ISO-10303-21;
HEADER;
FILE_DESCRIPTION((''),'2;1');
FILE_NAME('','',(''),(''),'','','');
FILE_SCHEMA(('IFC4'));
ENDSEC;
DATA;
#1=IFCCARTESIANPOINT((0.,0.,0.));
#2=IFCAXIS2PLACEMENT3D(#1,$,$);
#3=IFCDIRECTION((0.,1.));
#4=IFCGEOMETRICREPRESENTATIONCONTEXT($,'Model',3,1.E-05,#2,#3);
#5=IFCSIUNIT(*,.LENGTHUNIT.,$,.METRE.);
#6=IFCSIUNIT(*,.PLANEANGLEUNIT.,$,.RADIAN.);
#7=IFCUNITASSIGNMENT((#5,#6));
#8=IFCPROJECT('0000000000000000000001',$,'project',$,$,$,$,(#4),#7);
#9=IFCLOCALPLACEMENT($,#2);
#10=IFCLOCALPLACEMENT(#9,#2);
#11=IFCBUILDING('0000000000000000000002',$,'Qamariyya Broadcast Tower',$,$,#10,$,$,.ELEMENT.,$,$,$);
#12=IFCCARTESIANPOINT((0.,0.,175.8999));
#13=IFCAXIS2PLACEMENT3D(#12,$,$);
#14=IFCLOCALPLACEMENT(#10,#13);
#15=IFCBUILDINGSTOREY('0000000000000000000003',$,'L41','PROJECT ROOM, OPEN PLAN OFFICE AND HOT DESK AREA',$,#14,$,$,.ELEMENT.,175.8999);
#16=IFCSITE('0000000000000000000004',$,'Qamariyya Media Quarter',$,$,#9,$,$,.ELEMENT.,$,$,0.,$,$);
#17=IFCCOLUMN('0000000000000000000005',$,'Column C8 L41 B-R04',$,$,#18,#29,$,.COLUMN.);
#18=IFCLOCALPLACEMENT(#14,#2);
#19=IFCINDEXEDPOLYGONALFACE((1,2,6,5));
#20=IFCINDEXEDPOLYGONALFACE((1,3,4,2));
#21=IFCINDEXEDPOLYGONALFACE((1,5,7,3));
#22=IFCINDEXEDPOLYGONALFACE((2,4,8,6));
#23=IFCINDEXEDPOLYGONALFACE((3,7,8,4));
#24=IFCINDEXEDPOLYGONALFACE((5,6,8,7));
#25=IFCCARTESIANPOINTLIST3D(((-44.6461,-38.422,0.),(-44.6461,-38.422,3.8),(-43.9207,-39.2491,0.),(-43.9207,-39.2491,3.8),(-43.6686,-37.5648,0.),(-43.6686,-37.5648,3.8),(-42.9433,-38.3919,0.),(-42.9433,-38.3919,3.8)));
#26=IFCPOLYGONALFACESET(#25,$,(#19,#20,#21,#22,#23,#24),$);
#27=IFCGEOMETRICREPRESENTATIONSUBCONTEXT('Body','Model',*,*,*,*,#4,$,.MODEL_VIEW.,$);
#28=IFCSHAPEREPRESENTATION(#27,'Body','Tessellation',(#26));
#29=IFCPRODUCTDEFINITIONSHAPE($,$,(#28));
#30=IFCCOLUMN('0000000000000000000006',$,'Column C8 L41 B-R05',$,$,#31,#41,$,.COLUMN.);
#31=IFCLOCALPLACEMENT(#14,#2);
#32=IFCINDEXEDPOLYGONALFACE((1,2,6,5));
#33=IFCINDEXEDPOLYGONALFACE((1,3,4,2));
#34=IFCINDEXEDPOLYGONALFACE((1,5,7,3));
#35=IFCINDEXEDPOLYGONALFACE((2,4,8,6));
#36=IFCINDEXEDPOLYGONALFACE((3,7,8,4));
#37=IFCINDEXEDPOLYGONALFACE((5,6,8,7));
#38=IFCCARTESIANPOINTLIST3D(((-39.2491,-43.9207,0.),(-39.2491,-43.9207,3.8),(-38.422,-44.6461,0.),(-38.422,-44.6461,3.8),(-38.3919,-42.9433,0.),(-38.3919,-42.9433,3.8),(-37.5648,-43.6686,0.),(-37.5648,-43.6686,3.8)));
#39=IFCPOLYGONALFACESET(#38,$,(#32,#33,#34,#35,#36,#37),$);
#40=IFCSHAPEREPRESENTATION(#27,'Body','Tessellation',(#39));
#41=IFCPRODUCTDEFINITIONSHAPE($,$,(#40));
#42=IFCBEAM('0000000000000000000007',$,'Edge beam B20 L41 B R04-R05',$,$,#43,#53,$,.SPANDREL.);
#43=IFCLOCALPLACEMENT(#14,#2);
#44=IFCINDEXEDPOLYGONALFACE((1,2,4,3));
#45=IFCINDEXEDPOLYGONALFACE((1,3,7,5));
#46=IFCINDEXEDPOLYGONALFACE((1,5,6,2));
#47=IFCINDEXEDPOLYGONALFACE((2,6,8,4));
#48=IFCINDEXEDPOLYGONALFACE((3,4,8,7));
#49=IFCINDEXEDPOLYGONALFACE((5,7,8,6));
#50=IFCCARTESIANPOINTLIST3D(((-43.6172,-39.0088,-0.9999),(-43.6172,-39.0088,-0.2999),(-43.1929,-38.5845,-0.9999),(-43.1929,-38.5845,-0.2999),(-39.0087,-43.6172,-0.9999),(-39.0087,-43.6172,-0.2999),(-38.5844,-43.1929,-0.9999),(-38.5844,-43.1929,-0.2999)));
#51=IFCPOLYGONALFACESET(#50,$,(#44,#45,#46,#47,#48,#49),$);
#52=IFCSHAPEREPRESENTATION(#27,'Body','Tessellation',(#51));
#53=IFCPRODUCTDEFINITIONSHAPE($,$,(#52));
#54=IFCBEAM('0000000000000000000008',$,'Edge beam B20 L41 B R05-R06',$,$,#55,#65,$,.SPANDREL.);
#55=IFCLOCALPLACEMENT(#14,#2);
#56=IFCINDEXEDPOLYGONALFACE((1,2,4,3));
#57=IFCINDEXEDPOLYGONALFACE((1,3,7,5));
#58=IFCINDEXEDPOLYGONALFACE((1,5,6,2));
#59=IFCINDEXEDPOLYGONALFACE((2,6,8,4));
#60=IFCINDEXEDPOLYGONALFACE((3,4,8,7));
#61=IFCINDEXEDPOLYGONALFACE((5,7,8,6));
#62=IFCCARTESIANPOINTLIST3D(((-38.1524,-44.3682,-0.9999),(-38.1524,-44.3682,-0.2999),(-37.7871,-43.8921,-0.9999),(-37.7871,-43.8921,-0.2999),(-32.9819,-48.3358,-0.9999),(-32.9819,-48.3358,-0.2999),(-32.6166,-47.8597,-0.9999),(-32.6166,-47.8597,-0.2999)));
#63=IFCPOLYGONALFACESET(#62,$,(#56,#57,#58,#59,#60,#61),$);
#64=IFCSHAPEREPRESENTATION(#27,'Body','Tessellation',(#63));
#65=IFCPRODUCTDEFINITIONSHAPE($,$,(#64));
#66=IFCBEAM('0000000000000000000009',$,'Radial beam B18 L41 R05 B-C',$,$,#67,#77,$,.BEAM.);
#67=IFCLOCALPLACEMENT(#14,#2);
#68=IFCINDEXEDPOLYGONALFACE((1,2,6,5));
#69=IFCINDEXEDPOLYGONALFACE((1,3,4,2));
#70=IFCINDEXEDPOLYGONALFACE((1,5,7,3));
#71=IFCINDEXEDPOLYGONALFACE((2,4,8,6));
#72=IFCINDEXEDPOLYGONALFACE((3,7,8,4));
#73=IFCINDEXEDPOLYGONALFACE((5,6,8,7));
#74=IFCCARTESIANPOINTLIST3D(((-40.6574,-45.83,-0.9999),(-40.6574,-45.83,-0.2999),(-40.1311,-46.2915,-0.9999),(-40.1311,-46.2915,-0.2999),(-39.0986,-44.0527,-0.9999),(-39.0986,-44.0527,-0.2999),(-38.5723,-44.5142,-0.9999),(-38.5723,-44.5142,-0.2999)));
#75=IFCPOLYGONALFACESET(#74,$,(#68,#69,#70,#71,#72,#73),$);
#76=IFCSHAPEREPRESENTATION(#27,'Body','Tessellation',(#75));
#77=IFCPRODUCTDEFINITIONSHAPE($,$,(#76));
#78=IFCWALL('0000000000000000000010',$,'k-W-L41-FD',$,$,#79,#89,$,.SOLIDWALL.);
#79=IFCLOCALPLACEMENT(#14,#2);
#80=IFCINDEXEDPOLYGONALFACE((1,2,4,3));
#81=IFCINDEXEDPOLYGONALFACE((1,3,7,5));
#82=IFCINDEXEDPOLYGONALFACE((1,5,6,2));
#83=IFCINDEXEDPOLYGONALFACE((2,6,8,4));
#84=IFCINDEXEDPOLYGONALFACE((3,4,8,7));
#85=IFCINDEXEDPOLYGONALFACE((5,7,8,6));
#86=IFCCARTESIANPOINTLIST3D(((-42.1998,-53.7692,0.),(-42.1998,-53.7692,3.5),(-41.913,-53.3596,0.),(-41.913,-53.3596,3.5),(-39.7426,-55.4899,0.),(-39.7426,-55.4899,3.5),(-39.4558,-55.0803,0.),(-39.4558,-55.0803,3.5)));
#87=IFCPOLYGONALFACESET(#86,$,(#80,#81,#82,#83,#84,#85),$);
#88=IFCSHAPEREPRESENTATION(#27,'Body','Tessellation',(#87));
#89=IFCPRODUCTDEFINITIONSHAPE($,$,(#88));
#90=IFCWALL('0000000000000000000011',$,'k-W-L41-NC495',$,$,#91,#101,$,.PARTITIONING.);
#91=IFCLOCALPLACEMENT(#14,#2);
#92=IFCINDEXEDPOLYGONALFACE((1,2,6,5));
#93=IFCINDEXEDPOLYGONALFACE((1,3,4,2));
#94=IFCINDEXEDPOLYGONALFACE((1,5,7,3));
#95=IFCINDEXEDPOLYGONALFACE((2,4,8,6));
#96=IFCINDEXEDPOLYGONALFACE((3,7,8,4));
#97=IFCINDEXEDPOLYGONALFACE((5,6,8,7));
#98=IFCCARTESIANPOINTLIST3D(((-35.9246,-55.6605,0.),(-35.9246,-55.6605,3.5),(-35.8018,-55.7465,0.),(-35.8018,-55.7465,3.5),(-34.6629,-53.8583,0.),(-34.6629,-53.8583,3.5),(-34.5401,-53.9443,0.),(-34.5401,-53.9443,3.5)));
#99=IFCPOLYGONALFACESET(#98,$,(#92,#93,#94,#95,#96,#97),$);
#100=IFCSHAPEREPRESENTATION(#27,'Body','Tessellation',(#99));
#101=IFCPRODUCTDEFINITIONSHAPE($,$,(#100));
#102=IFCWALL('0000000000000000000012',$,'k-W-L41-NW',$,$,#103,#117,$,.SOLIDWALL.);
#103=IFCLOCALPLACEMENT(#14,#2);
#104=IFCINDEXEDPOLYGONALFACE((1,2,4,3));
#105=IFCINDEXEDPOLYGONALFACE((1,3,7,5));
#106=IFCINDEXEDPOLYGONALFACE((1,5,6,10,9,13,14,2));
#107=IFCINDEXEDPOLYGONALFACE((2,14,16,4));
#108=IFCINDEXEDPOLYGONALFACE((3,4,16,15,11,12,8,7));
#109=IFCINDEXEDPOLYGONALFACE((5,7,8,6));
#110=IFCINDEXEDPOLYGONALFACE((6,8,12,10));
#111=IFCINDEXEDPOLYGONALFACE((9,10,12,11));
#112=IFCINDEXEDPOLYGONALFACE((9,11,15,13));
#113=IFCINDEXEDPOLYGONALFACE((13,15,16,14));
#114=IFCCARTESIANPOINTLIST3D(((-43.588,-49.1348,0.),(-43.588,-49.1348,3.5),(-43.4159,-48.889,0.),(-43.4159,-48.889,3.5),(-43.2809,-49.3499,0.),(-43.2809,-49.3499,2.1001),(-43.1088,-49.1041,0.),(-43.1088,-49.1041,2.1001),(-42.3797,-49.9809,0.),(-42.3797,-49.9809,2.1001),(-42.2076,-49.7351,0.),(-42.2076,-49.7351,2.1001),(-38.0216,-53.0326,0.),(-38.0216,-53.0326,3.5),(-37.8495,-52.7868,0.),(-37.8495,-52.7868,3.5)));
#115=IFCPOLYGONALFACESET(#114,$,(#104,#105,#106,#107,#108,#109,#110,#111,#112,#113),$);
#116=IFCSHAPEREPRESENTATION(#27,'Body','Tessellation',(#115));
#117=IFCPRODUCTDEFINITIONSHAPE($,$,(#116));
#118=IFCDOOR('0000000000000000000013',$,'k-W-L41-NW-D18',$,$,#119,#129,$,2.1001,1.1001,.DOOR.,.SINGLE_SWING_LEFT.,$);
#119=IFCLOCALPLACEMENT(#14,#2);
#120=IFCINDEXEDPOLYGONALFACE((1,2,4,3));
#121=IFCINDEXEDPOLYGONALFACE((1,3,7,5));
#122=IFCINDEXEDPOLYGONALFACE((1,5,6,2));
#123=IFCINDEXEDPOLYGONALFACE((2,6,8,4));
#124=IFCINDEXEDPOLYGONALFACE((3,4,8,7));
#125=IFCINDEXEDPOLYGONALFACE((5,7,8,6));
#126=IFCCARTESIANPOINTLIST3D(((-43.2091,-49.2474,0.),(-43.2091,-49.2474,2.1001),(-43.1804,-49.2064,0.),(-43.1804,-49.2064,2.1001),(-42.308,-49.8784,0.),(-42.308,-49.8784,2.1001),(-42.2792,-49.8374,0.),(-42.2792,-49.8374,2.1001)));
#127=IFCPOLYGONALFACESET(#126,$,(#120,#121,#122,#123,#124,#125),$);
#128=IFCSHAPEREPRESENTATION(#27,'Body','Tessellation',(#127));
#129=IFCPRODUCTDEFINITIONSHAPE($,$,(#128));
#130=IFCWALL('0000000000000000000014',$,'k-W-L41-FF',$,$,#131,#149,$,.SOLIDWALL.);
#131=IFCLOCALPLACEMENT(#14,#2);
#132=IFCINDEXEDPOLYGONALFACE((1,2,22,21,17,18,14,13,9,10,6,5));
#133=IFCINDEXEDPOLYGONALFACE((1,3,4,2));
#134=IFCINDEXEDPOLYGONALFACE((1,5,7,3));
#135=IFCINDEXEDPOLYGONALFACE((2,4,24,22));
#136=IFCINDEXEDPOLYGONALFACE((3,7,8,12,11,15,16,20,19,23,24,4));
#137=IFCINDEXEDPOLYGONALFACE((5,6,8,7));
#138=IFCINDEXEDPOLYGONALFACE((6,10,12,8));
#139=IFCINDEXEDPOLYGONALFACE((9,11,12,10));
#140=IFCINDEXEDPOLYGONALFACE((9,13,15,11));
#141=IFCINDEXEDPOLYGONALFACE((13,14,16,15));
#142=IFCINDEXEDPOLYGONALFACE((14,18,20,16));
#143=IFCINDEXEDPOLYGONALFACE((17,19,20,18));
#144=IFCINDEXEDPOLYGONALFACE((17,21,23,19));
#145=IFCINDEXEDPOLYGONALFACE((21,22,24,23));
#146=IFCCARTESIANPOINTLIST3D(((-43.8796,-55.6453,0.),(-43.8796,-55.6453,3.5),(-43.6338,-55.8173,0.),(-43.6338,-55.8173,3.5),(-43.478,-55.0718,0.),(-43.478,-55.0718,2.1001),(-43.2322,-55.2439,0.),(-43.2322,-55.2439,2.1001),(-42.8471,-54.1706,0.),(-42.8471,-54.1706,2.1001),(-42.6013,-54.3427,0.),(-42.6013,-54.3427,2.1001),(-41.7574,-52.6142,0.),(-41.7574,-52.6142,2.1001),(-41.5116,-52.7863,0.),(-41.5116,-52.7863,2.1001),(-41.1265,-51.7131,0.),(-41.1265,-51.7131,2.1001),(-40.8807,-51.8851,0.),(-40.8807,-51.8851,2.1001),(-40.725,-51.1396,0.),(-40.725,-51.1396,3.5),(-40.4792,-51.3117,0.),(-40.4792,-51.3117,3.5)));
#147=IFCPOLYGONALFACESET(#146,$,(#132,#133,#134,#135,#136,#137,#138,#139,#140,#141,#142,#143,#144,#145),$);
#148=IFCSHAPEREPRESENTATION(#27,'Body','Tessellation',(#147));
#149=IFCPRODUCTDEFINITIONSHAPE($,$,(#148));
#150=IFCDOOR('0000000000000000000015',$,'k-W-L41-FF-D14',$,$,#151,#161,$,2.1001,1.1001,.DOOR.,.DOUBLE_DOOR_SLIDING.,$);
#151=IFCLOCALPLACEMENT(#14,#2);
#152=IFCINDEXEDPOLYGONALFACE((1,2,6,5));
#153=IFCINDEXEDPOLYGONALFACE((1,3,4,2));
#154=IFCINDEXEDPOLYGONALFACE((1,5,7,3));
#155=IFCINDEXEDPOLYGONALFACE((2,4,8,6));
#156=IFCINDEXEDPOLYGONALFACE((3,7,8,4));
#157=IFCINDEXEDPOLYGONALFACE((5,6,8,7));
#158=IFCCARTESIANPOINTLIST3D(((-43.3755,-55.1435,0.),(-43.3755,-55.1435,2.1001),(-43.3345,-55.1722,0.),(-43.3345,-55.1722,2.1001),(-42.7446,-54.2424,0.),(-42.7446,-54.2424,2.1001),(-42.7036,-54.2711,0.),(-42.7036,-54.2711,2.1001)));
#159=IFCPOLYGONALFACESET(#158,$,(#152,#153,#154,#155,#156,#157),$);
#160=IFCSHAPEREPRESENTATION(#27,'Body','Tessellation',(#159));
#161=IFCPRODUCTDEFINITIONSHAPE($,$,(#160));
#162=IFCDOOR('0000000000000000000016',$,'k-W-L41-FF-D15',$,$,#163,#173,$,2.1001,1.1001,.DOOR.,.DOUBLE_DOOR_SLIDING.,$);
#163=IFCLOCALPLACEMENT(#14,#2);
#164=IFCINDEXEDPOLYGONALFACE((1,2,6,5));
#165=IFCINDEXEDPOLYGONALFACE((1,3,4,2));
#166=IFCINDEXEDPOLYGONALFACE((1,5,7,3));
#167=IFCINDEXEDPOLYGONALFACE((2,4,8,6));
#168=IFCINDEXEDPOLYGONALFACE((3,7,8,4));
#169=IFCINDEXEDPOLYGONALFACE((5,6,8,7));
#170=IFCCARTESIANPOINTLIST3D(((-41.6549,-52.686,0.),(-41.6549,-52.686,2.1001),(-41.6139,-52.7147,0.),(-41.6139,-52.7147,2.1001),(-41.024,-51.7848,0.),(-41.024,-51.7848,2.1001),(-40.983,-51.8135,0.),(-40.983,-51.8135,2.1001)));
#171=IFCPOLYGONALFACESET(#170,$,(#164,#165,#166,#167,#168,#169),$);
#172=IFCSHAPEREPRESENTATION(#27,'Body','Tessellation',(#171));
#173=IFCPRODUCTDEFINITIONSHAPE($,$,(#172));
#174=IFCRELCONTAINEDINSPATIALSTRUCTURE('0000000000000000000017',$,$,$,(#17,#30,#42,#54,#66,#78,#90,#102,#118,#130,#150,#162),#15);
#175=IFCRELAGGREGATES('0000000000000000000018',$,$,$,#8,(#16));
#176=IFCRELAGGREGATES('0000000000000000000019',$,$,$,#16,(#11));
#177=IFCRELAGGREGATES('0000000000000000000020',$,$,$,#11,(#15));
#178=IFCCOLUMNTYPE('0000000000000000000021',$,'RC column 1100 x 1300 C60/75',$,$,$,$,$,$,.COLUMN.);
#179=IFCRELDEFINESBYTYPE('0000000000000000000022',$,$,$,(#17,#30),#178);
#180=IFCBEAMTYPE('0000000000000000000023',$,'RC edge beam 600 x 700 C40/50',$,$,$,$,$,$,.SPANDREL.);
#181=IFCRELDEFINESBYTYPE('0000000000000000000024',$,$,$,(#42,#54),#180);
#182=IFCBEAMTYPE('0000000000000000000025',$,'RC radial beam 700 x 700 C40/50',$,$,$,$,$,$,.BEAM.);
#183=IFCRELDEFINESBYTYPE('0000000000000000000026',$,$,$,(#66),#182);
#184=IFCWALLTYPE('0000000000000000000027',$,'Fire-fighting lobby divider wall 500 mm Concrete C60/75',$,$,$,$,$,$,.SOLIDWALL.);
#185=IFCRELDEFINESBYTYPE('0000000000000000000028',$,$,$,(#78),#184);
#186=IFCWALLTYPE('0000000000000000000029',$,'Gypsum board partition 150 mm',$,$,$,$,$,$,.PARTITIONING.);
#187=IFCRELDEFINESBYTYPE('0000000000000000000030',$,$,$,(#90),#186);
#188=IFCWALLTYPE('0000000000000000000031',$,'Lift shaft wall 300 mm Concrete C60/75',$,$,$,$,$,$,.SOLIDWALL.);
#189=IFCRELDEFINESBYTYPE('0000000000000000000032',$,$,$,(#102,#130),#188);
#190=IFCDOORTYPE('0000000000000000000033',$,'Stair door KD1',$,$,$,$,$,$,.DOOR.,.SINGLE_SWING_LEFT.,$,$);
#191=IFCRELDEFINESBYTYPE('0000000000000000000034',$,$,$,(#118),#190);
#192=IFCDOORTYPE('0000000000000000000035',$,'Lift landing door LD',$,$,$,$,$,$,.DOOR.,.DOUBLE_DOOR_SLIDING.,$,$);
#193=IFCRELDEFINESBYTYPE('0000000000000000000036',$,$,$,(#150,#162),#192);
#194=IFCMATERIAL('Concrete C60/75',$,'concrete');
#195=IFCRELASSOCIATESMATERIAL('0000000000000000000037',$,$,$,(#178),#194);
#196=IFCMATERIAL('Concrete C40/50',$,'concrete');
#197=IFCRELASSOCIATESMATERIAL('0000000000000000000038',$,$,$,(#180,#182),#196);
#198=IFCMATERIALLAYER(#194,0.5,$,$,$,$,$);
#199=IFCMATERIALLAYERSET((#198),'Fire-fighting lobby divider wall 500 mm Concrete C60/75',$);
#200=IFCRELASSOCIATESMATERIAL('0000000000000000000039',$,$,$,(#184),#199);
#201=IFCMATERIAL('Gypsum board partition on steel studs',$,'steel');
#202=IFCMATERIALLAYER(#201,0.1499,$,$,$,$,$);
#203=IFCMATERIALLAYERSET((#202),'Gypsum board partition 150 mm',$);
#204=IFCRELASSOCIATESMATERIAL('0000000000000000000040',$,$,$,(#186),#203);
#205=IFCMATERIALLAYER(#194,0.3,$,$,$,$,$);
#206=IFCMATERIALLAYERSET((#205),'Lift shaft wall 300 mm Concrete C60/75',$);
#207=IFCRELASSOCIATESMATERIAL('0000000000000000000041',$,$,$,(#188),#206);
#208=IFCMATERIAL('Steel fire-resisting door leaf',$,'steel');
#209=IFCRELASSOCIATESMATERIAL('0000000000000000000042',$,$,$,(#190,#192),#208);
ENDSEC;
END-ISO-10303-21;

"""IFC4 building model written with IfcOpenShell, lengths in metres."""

from ifc_helpers import new_model, si_unit, direction, frame, frame_2d, origin, origin_2d, place, context, subcontext, project, spatial, rectangle, extrude, material, layer, layer_set, material_profile, profile_set, type_object, element, fill, save


model = new_model("IFC4")

# Units and contexts
model_context = context("Model", 3, precision=1e-05, world=origin(), true_north=direction((0.0, 1.0)))
body_context = subcontext(model_context, "Body", "Model", "MODEL_VIEW")
ifc_project = project(units=[si_unit("LENGTHUNIT", "METRE"), si_unit("PLANEANGLEUNIT", "RADIAN")], contexts=[model_context])

# Site, building, storey
site_placement = place(None, origin())
site = spatial("IfcSite", under=ifc_project, at=site_placement, Name="Qamariyya Media Quarter", CompositionType="ELEMENT", RefElevation=0.0)
building_placement = place(site_placement, origin())
building = spatial("IfcBuilding", under=site, at=building_placement, Name="Qamariyya Broadcast Tower", CompositionType="ELEMENT")
storey_placement = place(building_placement, frame((0.0, 0.0, 175.8999)))
storey = spatial("IfcBuildingStorey", under=building, at=storey_placement, Name="L41", Description="PROJECT ROOM, OPEN PLAN OFFICE AND HOT DESK AREA", CompositionType="ELEMENT", Elevation=175.8999)

# Columns
ifc_material_1 = material(Name="Concrete C60/75", Category="concrete")
ifc_material_profile_1 = material_profile(ifc_material_1, rectangle(XDim=1.1001, YDim=1.3, at=origin_2d()))
ifc_profile_set_1 = profile_set([ifc_material_profile_1], Name="Concrete C60/75")
column_type = type_object("IfcColumnType", Name="RC column 1100 x 1300 C60/75", PredefinedType="COLUMN", material=ifc_profile_set_1)
for number, where, z_axis, x_axis, name in (
    (1, (-43.7947, -38.407, 0.0), (0.0, 0.0, 1.0), (0.659346, -0.75184, 0.0), "Column C8 L41 B-R04"),
    (2, (-38.407, -43.7947, 0.0), (0.0, 0.0, 1.0), (0.75184, -0.659346, 0.0), "Column C8 L41 B-R05"),
):
    element("IfcColumn", number, at=place(storey_placement, frame(where, z_axis=z_axis, x_axis=x_axis)), inside=storey, type_object=column_type, Name=name, PredefinedType="COLUMN", context=body_context, shape_type="SweptSolid", body=[
        extrude(rectangle(XDim=1.1001, YDim=1.3, at=origin_2d()), origin(), (0.0, 0.0, 1.0), 3.8),
    ])

# Beams
ifc_material_2 = material(Name="Concrete C40/50", Category="concrete")
ifc_material_profile_2 = material_profile(ifc_material_2, rectangle(XDim=0.6001, YDim=0.7, at=origin_2d()))
ifc_profile_set_2 = profile_set([ifc_material_profile_2], Name="Concrete C40/50")
beam_type_1 = type_object("IfcBeamType", Name="RC edge beam 600 x 700 C40/50", PredefinedType="SPANDREL", material=ifc_profile_set_2)
for number, where, z_axis, x_axis, name in (
    (3, (-43.405, -38.7966, -0.6499), (0.707107, -0.707107, 0.0), (0.707107, 0.707107, 0.0), "Edge beam B20 L41 B R04-R05"),
    (4, (-37.9697, -44.1301, -0.6499), (0.793343, -0.608774, 0.0), (0.608774, 0.793343, 0.0), "Edge beam B20 L41 B R05-R06"),
):
    element("IfcBeam", number, at=place(storey_placement, frame(where, z_axis=z_axis, x_axis=x_axis)), inside=storey, type_object=beam_type_1, Name=name, PredefinedType="SPANDREL", context=body_context, shape_type="SweptSolid", body=[
        extrude(rectangle(XDim=0.6001, YDim=0.7, at=origin_2d()), origin(), (0.0, 0.0, 1.0), 6.5173),
    ])
ifc_material_profile_3 = material_profile(ifc_material_2, rectangle(XDim=0.7, YDim=0.7, at=origin_2d()))
ifc_profile_set_3 = profile_set([ifc_material_profile_3], Name="Concrete C40/50")
beam_type_2 = type_object("IfcBeamType", Name="RC radial beam 700 x 700 C40/50", PredefinedType="BEAM", material=ifc_profile_set_3)
beam_placement = place(storey_placement, frame((-38.8354, -44.2834, -0.6499), z_axis=(-0.659382, -0.751809, 0.0), x_axis=(0.751809, -0.659382, 0.0)))
element("IfcBeam", 5, at=beam_placement, inside=storey, type_object=beam_type_2, Name="Radial beam B18 L41 R05 B-C", PredefinedType="BEAM", context=body_context, shape_type="SweptSolid", body=[
    extrude(rectangle(XDim=0.7, YDim=0.7, at=origin_2d()), origin(), (0.0, 0.0, 1.0), 2.364),
])

# Walls
ifc_layer_1 = layer(ifc_material_1, 0.5)
ifc_layer_set_1 = layer_set([ifc_layer_1], Name="Fire-fighting lobby divider wall 500 mm Concrete C60/75")
wall_type_1 = type_object("IfcWallType", Name="Fire-fighting lobby divider wall 500 mm Concrete C60/75", PredefinedType="SOLIDWALL", material=ifc_layer_set_1)
wall_1_placement = place(storey_placement, frame((-39.5991, -55.2852, 0.0), z_axis=(0.0, 0.0, 1.0), x_axis=(-0.819136, 0.573599, 0.0)))
element("IfcWall", 6, at=wall_1_placement, inside=storey, type_object=wall_type_1, Name="k-W-L41-FD", PredefinedType="SOLIDWALL", context=body_context, shape_type="SweptSolid", body=[
    extrude(rectangle(XDim=2.9998, YDim=0.5, at=frame_2d((1.5, 0.0))), origin(), (0.0, 0.0, 1.0), 3.5),
])
ifc_material_3 = material(Name="Gypsum board partition on steel studs", Category="steel")
ifc_layer_2 = layer(ifc_material_3, 0.1499)
ifc_layer_set_2 = layer_set([ifc_layer_2], Name="Gypsum board partition 150 mm")
wall_type_2 = type_object("IfcWallType", Name="Gypsum board partition 150 mm", PredefinedType="PARTITIONING", material=ifc_layer_set_2)
wall_2_placement = place(storey_placement, frame((-35.8633, -55.7036, 0.0), z_axis=(0.0, 0.0, 1.0), x_axis=(0.573507, 0.819201, 0.0)))
element("IfcWall", 7, at=wall_2_placement, inside=storey, type_object=wall_type_2, Name="k-W-L41-NC495", PredefinedType="PARTITIONING", context=body_context, shape_type="SweptSolid", body=[
    extrude(rectangle(XDim=2.2, YDim=0.1499, at=frame_2d((1.1001, 0.0))), origin(), (0.0, 0.0, 1.0), 3.5),
])

# Wall, opening, door
ifc_layer_3 = layer(ifc_material_1, 0.3)
ifc_layer_set_3 = layer_set([ifc_layer_3], Name="Lift shaft wall 300 mm Concrete C60/75")
wall_type_3 = type_object("IfcWallType", Name="Lift shaft wall 300 mm Concrete C60/75", PredefinedType="SOLIDWALL", material=ifc_layer_set_3)
wall_3_placement = place(storey_placement, frame((-37.9355, -52.9097, 0.0), z_axis=(0.0, 0.0, 1.0), x_axis=(-0.819148, 0.573583, 0.0)))
wall_3 = element("IfcWall", 8, at=wall_3_placement, inside=storey, type_object=wall_type_3, Name="k-W-L41-NW", PredefinedType="SOLIDWALL", context=body_context, shape_type="SweptSolid", body=[
    extrude(rectangle(XDim=6.7954, YDim=0.3, at=frame_2d((3.3977, 0.0))), origin(), (0.0, 0.0, 1.0), 3.5),
])
opening_1_placement = place(wall_3_placement, frame((5.3203, 0.0, 0.0)))
opening_1 = element("IfcOpeningElement", 9, at=opening_1_placement, cuts=wall_3, PredefinedType="OPENING", context=body_context, shape_type="SweptSolid", body=[
    extrude(rectangle(XDim=1.1001, YDim=2.1001, at=frame_2d((0.55, 1.05))), frame((0.0, 0.1599, 0.0), z_axis=(0.0, -1.0, 0.0), x_axis=(1.0, 0.0, 0.0)), (0.0, 0.0, 1.0), 0.3201),
])
ifc_material_4 = material(Name="Steel fire-resisting door leaf", Category="steel")
door_type_1 = type_object("IfcDoorType", Name="Stair door KD1", OperationType="SINGLE_SWING_LEFT", PredefinedType="DOOR", material=ifc_material_4)
door_1_placement = place(opening_1_placement, origin())
door_1 = element("IfcDoor", 10, at=door_1_placement, inside=storey, type_object=door_type_1, Name="k-W-L41-NW-D18", OperationType="SINGLE_SWING_LEFT", OverallHeight=2.1001, OverallWidth=1.1001, PredefinedType="DOOR", context=body_context, shape_type="SweptSolid", body=[
    extrude(rectangle(XDim=1.1001, YDim=2.1001, at=frame_2d((0.55, 1.05))), frame((0.0, 0.0249, 0.0), z_axis=(0.0, -1.0, 0.0), x_axis=(1.0, 0.0, 0.0)), (0.0, 0.0, 1.0), 0.05),
])
fill(opening_1, door_1)

# Wall, openings, doors
wall_4_placement = place(storey_placement, frame((-43.7566, -55.7312, 0.0), z_axis=(0.0, 0.0, 1.0), x_axis=(0.573537, 0.81918, 0.0)))
wall_4 = element("IfcWall", 11, at=wall_4_placement, inside=storey, type_object=wall_type_3, Name="k-W-L41-FF", PredefinedType="SOLIDWALL", context=body_context, shape_type="SweptSolid", body=[
    extrude(rectangle(XDim=5.5002, YDim=0.3, at=frame_2d((2.75, 0.0))), origin(), (0.0, 0.0, 1.0), 3.5),
])
opening_2_placement = place(wall_4_placement, frame((0.7, 0.0, 0.0)))
opening_2 = element("IfcOpeningElement", 12, at=opening_2_placement, cuts=wall_4, PredefinedType="OPENING", context=body_context, shape_type="SweptSolid", body=[
    extrude(rectangle(XDim=1.1001, YDim=2.1001, at=frame_2d((0.55, 1.05))), frame((0.0, 0.1599, 0.0), z_axis=(0.0, -1.0, 0.0), x_axis=(1.0, 0.0, 0.0)), (0.0, 0.0, 1.0), 0.3201),
])
opening_3_placement = place(wall_4_placement, frame((3.7, 0.0, 0.0)))
opening_3 = element("IfcOpeningElement", 13, at=opening_3_placement, cuts=wall_4, PredefinedType="OPENING", context=body_context, shape_type="SweptSolid", body=[
    extrude(rectangle(XDim=1.1001, YDim=2.1001, at=frame_2d((0.55, 1.05))), frame((0.0, 0.1599, 0.0), z_axis=(0.0, -1.0, 0.0), x_axis=(1.0, 0.0, 0.0)), (0.0, 0.0, 1.0), 0.3201),
])
door_type_2 = type_object("IfcDoorType", Name="Lift landing door LD", OperationType="DOUBLE_DOOR_SLIDING", PredefinedType="DOOR", material=ifc_material_4)
door_2_placement = place(opening_2_placement, origin())
door_2 = element("IfcDoor", 14, at=door_2_placement, inside=storey, type_object=door_type_2, Name="k-W-L41-FF-D14", OperationType="DOUBLE_DOOR_SLIDING", OverallHeight=2.1001, OverallWidth=1.1001, PredefinedType="DOOR", context=body_context, shape_type="SweptSolid", body=[
    extrude(rectangle(XDim=1.1001, YDim=2.1001, at=frame_2d((0.55, 1.05))), frame((0.0, 0.0249, 0.0), z_axis=(0.0, -1.0, 0.0), x_axis=(1.0, 0.0, 0.0)), (0.0, 0.0, 1.0), 0.05),
])
fill(opening_2, door_2)
door_3_placement = place(opening_3_placement, origin())
door_3 = element("IfcDoor", 15, at=door_3_placement, inside=storey, type_object=door_type_2, Name="k-W-L41-FF-D15", OperationType="DOUBLE_DOOR_SLIDING", OverallHeight=2.1001, OverallWidth=1.1001, PredefinedType="DOOR", context=body_context, shape_type="SweptSolid", body=[
    extrude(rectangle(XDim=1.1001, YDim=2.1001, at=frame_2d((0.55, 1.05))), frame((0.0, 0.0249, 0.0), z_axis=(0.0, -1.0, 0.0), x_axis=(1.0, 0.0, 0.0)), (0.0, 0.0, 1.0), 0.05),
])
fill(opening_3, door_3)

save(model, "model.ifc")
